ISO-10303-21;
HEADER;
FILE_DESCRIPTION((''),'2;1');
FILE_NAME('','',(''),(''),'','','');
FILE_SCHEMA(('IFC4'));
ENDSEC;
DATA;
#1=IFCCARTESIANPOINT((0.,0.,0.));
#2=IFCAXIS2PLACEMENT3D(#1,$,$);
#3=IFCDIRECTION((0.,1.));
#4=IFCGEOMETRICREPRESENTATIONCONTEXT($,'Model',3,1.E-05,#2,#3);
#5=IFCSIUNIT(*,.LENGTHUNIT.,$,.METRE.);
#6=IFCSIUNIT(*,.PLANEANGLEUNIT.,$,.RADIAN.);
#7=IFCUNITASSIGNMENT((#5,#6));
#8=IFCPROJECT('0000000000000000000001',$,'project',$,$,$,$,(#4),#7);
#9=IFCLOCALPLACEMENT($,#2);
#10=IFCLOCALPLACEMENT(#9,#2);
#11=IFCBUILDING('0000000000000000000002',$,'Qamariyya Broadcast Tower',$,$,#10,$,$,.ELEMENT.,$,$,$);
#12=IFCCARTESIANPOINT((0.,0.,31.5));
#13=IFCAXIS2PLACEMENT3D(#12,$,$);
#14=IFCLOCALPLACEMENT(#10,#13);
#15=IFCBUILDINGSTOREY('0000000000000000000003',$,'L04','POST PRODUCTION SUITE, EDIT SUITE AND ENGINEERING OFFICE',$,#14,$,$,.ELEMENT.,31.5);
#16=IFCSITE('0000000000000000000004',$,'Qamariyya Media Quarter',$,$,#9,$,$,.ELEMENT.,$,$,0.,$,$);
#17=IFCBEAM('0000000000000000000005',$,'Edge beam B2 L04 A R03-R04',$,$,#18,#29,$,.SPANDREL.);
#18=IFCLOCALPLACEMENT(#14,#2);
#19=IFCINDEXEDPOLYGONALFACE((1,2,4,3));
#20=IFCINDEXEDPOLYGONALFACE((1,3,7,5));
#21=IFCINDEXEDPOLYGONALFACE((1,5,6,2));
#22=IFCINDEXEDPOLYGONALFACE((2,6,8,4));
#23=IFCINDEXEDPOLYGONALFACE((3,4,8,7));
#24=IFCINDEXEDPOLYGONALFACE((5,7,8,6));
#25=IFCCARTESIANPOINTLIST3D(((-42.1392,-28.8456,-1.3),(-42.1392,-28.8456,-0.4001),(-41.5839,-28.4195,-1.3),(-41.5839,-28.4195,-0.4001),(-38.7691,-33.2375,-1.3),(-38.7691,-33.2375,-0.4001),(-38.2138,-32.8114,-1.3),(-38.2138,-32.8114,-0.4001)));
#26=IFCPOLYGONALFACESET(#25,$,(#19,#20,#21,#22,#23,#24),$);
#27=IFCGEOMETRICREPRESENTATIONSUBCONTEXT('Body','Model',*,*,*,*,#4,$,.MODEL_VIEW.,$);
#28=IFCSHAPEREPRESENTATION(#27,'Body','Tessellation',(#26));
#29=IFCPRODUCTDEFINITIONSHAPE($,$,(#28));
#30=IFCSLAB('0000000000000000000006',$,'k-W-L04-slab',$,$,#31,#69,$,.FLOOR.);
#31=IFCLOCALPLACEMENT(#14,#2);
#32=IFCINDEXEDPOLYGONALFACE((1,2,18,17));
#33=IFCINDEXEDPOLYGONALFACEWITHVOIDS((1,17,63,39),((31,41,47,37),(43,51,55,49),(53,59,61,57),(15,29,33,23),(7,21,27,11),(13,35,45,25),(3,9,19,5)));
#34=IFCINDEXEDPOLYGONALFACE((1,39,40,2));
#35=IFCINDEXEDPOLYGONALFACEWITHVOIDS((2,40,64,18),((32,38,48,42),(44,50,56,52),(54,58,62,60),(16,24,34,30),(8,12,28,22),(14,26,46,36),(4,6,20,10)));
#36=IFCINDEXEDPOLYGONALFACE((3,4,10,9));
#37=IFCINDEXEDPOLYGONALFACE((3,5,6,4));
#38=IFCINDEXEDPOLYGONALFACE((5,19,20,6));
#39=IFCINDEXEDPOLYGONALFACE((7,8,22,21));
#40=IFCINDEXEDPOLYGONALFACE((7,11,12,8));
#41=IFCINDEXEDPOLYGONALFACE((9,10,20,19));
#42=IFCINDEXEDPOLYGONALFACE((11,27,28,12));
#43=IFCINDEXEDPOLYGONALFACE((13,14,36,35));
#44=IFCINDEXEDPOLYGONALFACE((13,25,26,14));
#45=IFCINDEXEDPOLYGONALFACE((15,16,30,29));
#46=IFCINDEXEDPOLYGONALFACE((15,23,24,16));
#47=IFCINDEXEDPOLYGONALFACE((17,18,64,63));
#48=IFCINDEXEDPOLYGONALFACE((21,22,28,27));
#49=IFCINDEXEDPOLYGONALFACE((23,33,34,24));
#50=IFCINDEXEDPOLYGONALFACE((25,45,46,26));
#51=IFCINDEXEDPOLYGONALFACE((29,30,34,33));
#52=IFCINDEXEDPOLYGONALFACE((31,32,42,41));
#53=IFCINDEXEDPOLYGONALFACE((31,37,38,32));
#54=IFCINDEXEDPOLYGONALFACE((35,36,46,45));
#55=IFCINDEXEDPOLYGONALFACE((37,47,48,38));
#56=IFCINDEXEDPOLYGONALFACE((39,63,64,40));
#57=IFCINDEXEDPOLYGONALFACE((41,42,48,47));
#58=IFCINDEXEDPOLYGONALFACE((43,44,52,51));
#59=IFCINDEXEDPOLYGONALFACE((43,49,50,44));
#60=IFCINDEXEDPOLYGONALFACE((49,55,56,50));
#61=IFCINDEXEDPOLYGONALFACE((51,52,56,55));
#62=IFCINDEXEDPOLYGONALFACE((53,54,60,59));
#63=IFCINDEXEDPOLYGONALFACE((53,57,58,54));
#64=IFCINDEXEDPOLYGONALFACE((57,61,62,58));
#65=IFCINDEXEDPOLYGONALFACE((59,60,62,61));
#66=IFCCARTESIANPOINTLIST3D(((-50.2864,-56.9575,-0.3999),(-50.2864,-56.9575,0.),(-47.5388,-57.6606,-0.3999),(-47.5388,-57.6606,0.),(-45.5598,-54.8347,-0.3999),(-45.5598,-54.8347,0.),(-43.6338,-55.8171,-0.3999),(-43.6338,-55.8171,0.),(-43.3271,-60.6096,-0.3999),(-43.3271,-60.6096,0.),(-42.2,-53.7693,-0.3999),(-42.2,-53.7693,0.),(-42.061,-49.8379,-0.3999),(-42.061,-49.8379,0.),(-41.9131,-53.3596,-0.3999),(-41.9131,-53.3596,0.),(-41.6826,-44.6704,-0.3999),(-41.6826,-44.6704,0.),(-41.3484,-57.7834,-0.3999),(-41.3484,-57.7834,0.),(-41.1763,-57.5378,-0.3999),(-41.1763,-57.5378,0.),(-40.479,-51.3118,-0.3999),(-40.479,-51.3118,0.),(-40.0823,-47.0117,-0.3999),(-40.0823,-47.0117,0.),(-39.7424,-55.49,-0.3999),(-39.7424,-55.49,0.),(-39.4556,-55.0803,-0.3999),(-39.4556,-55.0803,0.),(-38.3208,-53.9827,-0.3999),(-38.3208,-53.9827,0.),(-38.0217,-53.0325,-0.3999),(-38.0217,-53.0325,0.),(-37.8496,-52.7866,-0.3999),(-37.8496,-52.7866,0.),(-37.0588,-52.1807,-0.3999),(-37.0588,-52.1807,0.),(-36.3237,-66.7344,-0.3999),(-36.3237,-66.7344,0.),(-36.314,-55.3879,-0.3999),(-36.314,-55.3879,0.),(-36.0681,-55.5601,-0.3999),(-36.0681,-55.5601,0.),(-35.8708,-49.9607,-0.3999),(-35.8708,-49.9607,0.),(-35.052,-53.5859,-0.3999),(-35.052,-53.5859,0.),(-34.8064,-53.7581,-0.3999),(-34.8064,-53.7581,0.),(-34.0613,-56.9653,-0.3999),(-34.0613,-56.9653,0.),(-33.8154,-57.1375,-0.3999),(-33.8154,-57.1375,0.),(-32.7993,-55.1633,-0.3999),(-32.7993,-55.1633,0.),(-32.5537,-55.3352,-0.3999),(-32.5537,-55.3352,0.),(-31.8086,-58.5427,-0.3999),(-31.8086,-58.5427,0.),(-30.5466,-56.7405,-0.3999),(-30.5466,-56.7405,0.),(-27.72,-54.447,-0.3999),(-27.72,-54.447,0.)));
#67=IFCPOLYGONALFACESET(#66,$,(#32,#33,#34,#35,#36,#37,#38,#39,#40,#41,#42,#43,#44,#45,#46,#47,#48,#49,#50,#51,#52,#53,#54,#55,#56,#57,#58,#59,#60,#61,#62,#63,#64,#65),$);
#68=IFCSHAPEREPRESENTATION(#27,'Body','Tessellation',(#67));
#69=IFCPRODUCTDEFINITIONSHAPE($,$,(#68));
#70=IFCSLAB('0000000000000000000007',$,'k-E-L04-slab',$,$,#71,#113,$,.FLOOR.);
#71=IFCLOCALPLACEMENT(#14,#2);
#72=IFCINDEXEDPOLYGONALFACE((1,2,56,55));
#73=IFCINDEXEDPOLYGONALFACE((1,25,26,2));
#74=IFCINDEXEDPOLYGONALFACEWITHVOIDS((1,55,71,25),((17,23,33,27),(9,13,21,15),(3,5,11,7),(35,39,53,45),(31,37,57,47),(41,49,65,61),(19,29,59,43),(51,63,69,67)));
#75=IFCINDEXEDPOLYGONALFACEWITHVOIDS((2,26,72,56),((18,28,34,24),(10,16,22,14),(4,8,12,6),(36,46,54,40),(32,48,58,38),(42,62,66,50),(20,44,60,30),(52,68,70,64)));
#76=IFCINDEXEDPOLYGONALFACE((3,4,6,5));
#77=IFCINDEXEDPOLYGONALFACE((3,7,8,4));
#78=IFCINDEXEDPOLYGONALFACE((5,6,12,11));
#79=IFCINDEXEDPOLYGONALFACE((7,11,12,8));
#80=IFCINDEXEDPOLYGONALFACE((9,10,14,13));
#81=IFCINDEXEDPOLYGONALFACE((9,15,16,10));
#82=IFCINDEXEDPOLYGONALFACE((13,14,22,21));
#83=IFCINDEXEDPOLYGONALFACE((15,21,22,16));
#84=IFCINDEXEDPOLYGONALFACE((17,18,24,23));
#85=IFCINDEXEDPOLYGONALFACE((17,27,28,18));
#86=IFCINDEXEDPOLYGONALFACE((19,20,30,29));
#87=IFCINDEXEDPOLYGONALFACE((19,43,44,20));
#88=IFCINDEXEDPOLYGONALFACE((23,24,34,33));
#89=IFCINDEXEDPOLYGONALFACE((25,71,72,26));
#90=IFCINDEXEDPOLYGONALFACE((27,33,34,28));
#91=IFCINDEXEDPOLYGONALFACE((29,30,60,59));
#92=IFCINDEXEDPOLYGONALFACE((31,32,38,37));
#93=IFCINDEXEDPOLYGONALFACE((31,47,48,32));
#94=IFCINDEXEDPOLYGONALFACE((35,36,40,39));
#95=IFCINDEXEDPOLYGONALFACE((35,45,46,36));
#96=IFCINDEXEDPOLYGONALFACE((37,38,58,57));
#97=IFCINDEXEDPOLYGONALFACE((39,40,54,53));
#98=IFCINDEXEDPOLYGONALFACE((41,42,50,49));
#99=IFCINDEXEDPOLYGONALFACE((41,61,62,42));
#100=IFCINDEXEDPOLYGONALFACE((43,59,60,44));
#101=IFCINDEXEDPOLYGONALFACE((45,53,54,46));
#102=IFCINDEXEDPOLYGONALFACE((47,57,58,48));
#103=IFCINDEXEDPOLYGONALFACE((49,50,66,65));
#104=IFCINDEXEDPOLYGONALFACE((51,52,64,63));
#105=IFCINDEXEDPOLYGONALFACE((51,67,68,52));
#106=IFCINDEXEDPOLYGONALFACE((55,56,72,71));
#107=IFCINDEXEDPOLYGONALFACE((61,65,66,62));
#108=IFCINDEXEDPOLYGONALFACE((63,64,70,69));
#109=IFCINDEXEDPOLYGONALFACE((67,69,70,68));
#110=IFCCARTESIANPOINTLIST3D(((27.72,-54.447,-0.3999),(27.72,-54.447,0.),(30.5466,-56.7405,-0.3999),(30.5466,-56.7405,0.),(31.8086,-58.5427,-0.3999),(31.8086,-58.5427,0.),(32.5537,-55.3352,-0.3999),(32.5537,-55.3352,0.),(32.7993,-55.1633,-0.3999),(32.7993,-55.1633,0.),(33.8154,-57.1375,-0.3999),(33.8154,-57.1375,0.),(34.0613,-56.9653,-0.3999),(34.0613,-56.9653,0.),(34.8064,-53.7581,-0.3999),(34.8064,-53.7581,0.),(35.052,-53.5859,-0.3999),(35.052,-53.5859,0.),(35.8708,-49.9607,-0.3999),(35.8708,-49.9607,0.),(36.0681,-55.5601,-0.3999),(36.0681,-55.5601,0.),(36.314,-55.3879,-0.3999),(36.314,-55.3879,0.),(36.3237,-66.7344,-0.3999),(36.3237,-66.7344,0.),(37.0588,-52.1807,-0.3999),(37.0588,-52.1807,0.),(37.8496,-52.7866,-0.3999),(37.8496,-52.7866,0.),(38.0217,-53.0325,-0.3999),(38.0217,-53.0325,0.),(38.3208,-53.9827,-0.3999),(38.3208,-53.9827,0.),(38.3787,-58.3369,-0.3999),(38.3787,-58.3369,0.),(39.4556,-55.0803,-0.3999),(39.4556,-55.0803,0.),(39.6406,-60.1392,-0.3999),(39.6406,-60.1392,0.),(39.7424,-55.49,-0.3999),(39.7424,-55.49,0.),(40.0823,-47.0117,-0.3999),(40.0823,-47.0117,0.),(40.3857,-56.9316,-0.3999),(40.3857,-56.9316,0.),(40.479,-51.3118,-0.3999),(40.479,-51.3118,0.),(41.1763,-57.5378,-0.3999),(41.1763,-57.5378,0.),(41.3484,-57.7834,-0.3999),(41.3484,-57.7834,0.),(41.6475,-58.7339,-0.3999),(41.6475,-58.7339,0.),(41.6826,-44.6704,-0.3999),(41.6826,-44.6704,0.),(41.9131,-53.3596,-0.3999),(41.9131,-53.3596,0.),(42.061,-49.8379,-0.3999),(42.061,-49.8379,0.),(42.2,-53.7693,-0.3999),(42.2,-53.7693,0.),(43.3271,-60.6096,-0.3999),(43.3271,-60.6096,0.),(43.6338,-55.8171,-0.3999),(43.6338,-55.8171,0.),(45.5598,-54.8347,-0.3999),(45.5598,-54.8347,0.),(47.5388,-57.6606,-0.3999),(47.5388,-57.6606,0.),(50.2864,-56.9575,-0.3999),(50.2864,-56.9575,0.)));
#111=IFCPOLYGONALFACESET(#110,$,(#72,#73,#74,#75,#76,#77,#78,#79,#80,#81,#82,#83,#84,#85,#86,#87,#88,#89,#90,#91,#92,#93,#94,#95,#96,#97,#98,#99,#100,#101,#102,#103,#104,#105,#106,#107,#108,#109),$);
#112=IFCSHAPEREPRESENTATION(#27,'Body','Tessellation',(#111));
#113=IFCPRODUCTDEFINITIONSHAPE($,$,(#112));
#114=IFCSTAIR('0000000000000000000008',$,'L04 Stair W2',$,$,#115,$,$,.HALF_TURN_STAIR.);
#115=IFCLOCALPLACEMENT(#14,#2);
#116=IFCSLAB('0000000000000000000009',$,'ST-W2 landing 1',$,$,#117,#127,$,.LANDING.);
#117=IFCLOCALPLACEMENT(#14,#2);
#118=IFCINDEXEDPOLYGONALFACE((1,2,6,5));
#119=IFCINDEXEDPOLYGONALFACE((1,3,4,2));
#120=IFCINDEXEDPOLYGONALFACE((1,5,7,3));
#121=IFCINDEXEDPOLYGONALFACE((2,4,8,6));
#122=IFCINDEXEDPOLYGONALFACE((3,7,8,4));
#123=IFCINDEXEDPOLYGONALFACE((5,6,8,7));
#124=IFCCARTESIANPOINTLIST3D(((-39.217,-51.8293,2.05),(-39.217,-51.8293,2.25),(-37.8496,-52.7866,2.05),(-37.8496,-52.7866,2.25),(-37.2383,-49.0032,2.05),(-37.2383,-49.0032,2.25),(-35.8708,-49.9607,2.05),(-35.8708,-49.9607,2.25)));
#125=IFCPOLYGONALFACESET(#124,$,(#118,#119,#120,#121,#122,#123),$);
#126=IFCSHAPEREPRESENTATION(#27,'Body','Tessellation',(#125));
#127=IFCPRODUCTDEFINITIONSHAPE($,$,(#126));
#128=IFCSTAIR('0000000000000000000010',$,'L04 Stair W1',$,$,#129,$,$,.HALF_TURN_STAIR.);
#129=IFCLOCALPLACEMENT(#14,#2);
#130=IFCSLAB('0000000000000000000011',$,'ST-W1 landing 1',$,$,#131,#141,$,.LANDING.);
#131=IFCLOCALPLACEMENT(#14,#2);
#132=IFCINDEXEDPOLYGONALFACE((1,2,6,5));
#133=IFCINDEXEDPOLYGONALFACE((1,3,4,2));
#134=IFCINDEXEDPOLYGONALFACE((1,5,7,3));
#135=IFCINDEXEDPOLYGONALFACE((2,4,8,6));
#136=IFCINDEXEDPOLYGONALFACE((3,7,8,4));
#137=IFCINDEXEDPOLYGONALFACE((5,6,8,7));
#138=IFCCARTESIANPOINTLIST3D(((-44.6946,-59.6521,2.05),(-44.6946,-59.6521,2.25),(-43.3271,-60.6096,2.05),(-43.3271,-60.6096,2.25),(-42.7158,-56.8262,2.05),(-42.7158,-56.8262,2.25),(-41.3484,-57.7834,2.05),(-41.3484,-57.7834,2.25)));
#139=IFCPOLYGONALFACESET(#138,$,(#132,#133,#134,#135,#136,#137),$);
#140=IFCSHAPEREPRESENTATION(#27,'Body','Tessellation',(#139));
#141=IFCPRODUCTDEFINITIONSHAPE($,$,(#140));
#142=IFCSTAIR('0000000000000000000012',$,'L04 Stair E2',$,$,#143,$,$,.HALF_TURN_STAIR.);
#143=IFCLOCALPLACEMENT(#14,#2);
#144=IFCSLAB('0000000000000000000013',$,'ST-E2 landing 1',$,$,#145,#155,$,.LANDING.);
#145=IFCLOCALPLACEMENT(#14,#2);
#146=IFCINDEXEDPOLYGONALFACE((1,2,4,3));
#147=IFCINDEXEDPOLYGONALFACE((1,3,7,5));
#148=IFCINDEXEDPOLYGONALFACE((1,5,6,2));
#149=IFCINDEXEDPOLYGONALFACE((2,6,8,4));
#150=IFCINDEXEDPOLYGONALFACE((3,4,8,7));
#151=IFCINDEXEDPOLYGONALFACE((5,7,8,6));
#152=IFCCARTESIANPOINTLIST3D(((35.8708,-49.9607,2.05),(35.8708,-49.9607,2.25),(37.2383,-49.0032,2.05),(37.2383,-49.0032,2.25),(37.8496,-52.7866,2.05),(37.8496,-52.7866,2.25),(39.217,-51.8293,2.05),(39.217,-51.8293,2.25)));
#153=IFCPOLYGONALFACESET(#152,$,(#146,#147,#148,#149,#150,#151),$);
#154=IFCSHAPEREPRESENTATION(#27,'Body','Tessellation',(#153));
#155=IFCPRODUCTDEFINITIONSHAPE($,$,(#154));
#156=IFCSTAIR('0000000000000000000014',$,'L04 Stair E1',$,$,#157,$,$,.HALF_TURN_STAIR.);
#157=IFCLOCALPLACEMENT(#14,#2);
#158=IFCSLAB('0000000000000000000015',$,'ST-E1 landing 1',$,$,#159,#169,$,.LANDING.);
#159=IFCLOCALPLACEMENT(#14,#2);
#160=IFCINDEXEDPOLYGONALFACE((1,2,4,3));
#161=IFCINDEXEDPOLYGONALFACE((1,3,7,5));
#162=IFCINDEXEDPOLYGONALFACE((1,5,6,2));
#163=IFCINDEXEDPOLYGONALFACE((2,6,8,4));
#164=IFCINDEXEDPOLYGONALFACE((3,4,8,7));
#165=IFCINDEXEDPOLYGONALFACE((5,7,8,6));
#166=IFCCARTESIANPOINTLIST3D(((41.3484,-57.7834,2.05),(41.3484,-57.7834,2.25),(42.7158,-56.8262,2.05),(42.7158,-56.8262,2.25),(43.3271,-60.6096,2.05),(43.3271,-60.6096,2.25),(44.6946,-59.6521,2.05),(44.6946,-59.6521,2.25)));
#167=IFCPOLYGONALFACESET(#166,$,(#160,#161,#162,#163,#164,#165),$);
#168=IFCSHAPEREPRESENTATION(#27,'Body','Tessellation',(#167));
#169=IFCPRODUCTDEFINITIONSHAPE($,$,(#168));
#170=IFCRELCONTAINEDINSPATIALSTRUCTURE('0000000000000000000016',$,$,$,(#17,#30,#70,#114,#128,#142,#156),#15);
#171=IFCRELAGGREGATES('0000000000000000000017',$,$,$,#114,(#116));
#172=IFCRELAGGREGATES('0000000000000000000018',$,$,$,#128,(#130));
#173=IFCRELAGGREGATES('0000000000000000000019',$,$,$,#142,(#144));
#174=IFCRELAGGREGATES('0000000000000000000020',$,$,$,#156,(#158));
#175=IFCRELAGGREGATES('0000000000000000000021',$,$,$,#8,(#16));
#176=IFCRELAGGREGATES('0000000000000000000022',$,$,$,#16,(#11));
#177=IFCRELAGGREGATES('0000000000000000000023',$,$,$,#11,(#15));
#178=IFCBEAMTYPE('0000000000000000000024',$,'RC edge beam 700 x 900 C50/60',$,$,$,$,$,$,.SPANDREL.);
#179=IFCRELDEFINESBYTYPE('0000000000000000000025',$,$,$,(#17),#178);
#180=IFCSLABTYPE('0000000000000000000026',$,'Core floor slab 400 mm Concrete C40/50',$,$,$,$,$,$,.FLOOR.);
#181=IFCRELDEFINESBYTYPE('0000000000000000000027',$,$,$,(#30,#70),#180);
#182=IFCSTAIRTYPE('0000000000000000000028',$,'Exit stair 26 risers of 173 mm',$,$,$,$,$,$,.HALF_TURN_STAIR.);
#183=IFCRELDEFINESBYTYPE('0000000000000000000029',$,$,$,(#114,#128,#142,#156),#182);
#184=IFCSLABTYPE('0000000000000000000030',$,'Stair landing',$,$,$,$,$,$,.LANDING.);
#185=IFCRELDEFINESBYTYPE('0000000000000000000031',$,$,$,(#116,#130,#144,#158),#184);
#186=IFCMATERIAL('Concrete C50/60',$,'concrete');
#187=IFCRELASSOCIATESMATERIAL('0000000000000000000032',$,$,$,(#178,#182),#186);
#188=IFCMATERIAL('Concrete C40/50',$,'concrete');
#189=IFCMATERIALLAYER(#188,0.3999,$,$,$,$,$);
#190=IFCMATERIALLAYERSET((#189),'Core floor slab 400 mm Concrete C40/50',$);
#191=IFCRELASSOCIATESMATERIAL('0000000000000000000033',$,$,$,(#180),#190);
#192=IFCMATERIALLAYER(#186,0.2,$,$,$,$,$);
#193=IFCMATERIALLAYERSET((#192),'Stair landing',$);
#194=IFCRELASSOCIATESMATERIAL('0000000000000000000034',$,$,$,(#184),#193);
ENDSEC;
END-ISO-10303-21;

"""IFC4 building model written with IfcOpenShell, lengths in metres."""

from ifc_helpers import new_model, si_unit, direction, frame, origin, origin_2d, place, context, subcontext, project, spatial, polyline, rectangle, outline, extrude, material, layer, layer_set, material_profile, profile_set, type_object, element, aggregate, save


model = new_model("IFC4")

# Units and contexts
model_context = context("Model", 3, precision=1e-05, world=origin(), true_north=direction((0.0, 1.0)))
body_context = subcontext(model_context, "Body", "Model", "MODEL_VIEW")
ifc_project = project(units=[si_unit("LENGTHUNIT", "METRE"), si_unit("PLANEANGLEUNIT", "RADIAN")], contexts=[model_context])

# Site, building, storey
site_placement = place(None, origin())
site = spatial("IfcSite", under=ifc_project, at=site_placement, Name="Qamariyya Media Quarter", CompositionType="ELEMENT", RefElevation=0.0)
building_placement = place(site_placement, origin())
building = spatial("IfcBuilding", under=site, at=building_placement, Name="Qamariyya Broadcast Tower", CompositionType="ELEMENT")
storey_placement = place(building_placement, frame((0.0, 0.0, 31.5)))
storey = spatial("IfcBuildingStorey", under=building, at=storey_placement, Name="L04", Description="POST PRODUCTION SUITE, EDIT SUITE AND ENGINEERING OFFICE", CompositionType="ELEMENT", Elevation=31.5)

# Beam
ifc_material_1 = material(Name="Concrete C50/60", Category="concrete")
ifc_material_profile = material_profile(ifc_material_1, rectangle(XDim=0.7, YDim=0.8999, at=origin_2d()))
ifc_profile_set = profile_set([ifc_material_profile], Name="Concrete C50/60")
beam_type = type_object("IfcBeamType", Name="RC edge beam 700 x 900 C50/60", PredefinedType="SPANDREL", material=ifc_profile_set)
beam_placement = place(storey_placement, frame((-41.8616, -28.6326, -0.8501), z_axis=(0.608777, -0.793342, 0.0), x_axis=(0.793342, 0.608777, 0.0)))
element("IfcBeam", 1, at=beam_placement, inside=storey, type_object=beam_type, Name="Edge beam B2 L04 A R03-R04", PredefinedType="SPANDREL", context=body_context, shape_type="SweptSolid", body=[
    extrude(rectangle(XDim=0.7, YDim=0.8999, at=origin_2d()), origin(), (0.0, 0.0, 1.0), 5.5359),
])

# Slabs
ifc_material_2 = material(Name="Concrete C40/50", Category="concrete")
ifc_layer_1 = layer(ifc_material_2, 0.3999)
ifc_layer_set_1 = layer_set([ifc_layer_1], Name="Core floor slab 400 mm Concrete C40/50")
slab_type_1 = type_object("IfcSlabType", Name="Core floor slab 400 mm Concrete C40/50", PredefinedType="FLOOR", material=ifc_layer_set_1)
slab_1_placement = place(storey_placement, frame((0.0, 0.0, -0.3999)))
element("IfcSlab", 2, at=slab_1_placement, inside=storey, type_object=slab_type_1, Name="k-W-L04-slab", PredefinedType="FLOOR", context=body_context, shape_type="SweptSolid", body=[
    extrude(outline(polyline([(-50.2864, -56.9575), (-36.3237, -66.7344), (-27.72, -54.447), (-41.6826, -44.6704), (-50.2864, -56.9575)]), holes=[polyline([(-31.8086, -58.5427), (-33.8154, -57.1375), (-32.5537, -55.3352), (-30.5466, -56.7405), (-31.8086, -58.5427)]), polyline([(-34.0613, -56.9653), (-36.0681, -55.5601), (-34.8064, -53.7581), (-32.7993, -55.1633), (-34.0613, -56.9653)]), polyline([(-36.314, -55.3879), (-38.3208, -53.9827), (-37.0588, -52.1807), (-35.052, -53.5859), (-36.314, -55.3879)]), polyline([(-39.7424, -55.49), (-42.2, -53.7693), (-43.6338, -55.8171), (-41.1763, -57.5378), (-39.7424, -55.49)]), polyline([(-39.4556, -55.0803), (-41.9131, -53.3596), (-40.479, -51.3118), (-38.0217, -53.0325), (-39.4556, -55.0803)]), polyline([(-42.061, -49.8379), (-37.8496, -52.7866), (-35.8708, -49.9607), (-40.0823, -47.0117), (-42.061, -49.8379)]), polyline([(-47.5388, -57.6606), (-43.3271, -60.6096), (-41.3484, -57.7834), (-45.5598, -54.8347), (-47.5388, -57.6606)])]), origin(), (0.0, 0.0, 1.0), 0.3999),
])
slab_2_placement = place(storey_placement, frame((0.0, 0.0, -0.3999)))
element("IfcSlab", 3, at=slab_2_placement, inside=storey, type_object=slab_type_1, Name="k-E-L04-slab", PredefinedType="FLOOR", context=body_context, shape_type="SweptSolid", body=[
    extrude(outline(polyline([(36.3237, -66.7344), (50.2864, -56.9575), (41.6826, -44.6704), (27.72, -54.447), (36.3237, -66.7344)]), holes=[polyline([(31.8086, -58.5427), (33.8154, -57.1375), (32.5537, -55.3352), (30.5466, -56.7405), (31.8086, -58.5427)]), polyline([(34.0613, -56.9653), (36.0681, -55.5601), (34.8064, -53.7581), (32.7993, -55.1633), (34.0613, -56.9653)]), polyline([(36.314, -55.3879), (38.3208, -53.9827), (37.0588, -52.1807), (35.052, -53.5859), (36.314, -55.3879)]), polyline([(38.3787, -58.3369), (40.3857, -56.9316), (41.6475, -58.7339), (39.6406, -60.1392), (38.3787, -58.3369)]), polyline([(39.7424, -55.49), (42.2, -53.7693), (43.6338, -55.8171), (41.1763, -57.5378), (39.7424, -55.49)]), polyline([(39.4556, -55.0803), (41.9131, -53.3596), (40.479, -51.3118), (38.0217, -53.0325), (39.4556, -55.0803)]), polyline([(40.0823, -47.0117), (35.8708, -49.9607), (37.8496, -52.7866), (42.061, -49.8379), (40.0823, -47.0117)]), polyline([(45.5598, -54.8347), (41.3484, -57.7834), (43.3271, -60.6096), (47.5388, -57.6606), (45.5598, -54.8347)])]), origin(), (0.0, 0.0, 1.0), 0.3999),
])

# Stairs, slabs
stair_type = type_object("IfcStairType", Name="Exit stair 26 risers of 173 mm", PredefinedType="HALF_TURN_STAIR", material=ifc_material_1)
stair_1_placement = place(storey_placement, origin())
stair_1 = element("IfcStair", 4, at=stair_1_placement, inside=storey, type_object=stair_type, Name="L04 Stair W2", PredefinedType="HALF_TURN_STAIR")
ifc_layer_2 = layer(ifc_material_1, 0.2)
ifc_layer_set_2 = layer_set([ifc_layer_2], Name="Stair landing")
slab_type_2 = type_object("IfcSlabType", Name="Stair landing", PredefinedType="LANDING", material=ifc_layer_set_2)
slab_3_placement = place(storey_placement, frame((0.0, 0.0, 2.05)))
slab_3 = element("IfcSlab", 5, at=slab_3_placement, type_object=slab_type_2, Name="ST-W2 landing 1", PredefinedType="LANDING", context=body_context, shape_type="SweptSolid", body=[
    extrude(outline(polyline([(-39.217, -51.8293), (-37.8496, -52.7866), (-35.8708, -49.9607), (-37.2383, -49.0032), (-39.217, -51.8293)])), origin(), (0.0, 0.0, 1.0), 0.2),
])
aggregate(stair_1, [slab_3])
stair_2_placement = place(storey_placement, origin())
stair_2 = element("IfcStair", 6, at=stair_2_placement, inside=storey, type_object=stair_type, Name="L04 Stair W1", PredefinedType="HALF_TURN_STAIR")
slab_4_placement = place(storey_placement, frame((0.0, 0.0, 2.05)))
slab_4 = element("IfcSlab", 7, at=slab_4_placement, type_object=slab_type_2, Name="ST-W1 landing 1", PredefinedType="LANDING", context=body_context, shape_type="SweptSolid", body=[
    extrude(outline(polyline([(-44.6946, -59.6521), (-43.3271, -60.6096), (-41.3484, -57.7834), (-42.7158, -56.8262), (-44.6946, -59.6521)])), origin(), (0.0, 0.0, 1.0), 0.2),
])
aggregate(stair_2, [slab_4])
stair_3_placement = place(storey_placement, origin())
stair_3 = element("IfcStair", 8, at=stair_3_placement, inside=storey, type_object=stair_type, Name="L04 Stair E2", PredefinedType="HALF_TURN_STAIR")
slab_5_placement = place(storey_placement, frame((0.0, 0.0, 2.05)))
slab_5 = element("IfcSlab", 9, at=slab_5_placement, type_object=slab_type_2, Name="ST-E2 landing 1", PredefinedType="LANDING", context=body_context, shape_type="SweptSolid", body=[
    extrude(outline(polyline([(37.2383, -49.0032), (35.8708, -49.9607), (37.8496, -52.7866), (39.217, -51.8293), (37.2383, -49.0032)])), origin(), (0.0, 0.0, 1.0), 0.2),
])
aggregate(stair_3, [slab_5])
stair_4_placement = place(storey_placement, origin())
stair_4 = element("IfcStair", 10, at=stair_4_placement, inside=storey, type_object=stair_type, Name="L04 Stair E1", PredefinedType="HALF_TURN_STAIR")
slab_6_placement = place(storey_placement, frame((0.0, 0.0, 2.05)))
slab_6 = element("IfcSlab", 11, at=slab_6_placement, type_object=slab_type_2, Name="ST-E1 landing 1", PredefinedType="LANDING", context=body_context, shape_type="SweptSolid", body=[
    extrude(outline(polyline([(42.7158, -56.8262), (41.3484, -57.7834), (43.3271, -60.6096), (44.6946, -59.6521), (42.7158, -56.8262)])), origin(), (0.0, 0.0, 1.0), 0.2),
])
aggregate(stair_4, [slab_6])

save(model, "model.ifc")
